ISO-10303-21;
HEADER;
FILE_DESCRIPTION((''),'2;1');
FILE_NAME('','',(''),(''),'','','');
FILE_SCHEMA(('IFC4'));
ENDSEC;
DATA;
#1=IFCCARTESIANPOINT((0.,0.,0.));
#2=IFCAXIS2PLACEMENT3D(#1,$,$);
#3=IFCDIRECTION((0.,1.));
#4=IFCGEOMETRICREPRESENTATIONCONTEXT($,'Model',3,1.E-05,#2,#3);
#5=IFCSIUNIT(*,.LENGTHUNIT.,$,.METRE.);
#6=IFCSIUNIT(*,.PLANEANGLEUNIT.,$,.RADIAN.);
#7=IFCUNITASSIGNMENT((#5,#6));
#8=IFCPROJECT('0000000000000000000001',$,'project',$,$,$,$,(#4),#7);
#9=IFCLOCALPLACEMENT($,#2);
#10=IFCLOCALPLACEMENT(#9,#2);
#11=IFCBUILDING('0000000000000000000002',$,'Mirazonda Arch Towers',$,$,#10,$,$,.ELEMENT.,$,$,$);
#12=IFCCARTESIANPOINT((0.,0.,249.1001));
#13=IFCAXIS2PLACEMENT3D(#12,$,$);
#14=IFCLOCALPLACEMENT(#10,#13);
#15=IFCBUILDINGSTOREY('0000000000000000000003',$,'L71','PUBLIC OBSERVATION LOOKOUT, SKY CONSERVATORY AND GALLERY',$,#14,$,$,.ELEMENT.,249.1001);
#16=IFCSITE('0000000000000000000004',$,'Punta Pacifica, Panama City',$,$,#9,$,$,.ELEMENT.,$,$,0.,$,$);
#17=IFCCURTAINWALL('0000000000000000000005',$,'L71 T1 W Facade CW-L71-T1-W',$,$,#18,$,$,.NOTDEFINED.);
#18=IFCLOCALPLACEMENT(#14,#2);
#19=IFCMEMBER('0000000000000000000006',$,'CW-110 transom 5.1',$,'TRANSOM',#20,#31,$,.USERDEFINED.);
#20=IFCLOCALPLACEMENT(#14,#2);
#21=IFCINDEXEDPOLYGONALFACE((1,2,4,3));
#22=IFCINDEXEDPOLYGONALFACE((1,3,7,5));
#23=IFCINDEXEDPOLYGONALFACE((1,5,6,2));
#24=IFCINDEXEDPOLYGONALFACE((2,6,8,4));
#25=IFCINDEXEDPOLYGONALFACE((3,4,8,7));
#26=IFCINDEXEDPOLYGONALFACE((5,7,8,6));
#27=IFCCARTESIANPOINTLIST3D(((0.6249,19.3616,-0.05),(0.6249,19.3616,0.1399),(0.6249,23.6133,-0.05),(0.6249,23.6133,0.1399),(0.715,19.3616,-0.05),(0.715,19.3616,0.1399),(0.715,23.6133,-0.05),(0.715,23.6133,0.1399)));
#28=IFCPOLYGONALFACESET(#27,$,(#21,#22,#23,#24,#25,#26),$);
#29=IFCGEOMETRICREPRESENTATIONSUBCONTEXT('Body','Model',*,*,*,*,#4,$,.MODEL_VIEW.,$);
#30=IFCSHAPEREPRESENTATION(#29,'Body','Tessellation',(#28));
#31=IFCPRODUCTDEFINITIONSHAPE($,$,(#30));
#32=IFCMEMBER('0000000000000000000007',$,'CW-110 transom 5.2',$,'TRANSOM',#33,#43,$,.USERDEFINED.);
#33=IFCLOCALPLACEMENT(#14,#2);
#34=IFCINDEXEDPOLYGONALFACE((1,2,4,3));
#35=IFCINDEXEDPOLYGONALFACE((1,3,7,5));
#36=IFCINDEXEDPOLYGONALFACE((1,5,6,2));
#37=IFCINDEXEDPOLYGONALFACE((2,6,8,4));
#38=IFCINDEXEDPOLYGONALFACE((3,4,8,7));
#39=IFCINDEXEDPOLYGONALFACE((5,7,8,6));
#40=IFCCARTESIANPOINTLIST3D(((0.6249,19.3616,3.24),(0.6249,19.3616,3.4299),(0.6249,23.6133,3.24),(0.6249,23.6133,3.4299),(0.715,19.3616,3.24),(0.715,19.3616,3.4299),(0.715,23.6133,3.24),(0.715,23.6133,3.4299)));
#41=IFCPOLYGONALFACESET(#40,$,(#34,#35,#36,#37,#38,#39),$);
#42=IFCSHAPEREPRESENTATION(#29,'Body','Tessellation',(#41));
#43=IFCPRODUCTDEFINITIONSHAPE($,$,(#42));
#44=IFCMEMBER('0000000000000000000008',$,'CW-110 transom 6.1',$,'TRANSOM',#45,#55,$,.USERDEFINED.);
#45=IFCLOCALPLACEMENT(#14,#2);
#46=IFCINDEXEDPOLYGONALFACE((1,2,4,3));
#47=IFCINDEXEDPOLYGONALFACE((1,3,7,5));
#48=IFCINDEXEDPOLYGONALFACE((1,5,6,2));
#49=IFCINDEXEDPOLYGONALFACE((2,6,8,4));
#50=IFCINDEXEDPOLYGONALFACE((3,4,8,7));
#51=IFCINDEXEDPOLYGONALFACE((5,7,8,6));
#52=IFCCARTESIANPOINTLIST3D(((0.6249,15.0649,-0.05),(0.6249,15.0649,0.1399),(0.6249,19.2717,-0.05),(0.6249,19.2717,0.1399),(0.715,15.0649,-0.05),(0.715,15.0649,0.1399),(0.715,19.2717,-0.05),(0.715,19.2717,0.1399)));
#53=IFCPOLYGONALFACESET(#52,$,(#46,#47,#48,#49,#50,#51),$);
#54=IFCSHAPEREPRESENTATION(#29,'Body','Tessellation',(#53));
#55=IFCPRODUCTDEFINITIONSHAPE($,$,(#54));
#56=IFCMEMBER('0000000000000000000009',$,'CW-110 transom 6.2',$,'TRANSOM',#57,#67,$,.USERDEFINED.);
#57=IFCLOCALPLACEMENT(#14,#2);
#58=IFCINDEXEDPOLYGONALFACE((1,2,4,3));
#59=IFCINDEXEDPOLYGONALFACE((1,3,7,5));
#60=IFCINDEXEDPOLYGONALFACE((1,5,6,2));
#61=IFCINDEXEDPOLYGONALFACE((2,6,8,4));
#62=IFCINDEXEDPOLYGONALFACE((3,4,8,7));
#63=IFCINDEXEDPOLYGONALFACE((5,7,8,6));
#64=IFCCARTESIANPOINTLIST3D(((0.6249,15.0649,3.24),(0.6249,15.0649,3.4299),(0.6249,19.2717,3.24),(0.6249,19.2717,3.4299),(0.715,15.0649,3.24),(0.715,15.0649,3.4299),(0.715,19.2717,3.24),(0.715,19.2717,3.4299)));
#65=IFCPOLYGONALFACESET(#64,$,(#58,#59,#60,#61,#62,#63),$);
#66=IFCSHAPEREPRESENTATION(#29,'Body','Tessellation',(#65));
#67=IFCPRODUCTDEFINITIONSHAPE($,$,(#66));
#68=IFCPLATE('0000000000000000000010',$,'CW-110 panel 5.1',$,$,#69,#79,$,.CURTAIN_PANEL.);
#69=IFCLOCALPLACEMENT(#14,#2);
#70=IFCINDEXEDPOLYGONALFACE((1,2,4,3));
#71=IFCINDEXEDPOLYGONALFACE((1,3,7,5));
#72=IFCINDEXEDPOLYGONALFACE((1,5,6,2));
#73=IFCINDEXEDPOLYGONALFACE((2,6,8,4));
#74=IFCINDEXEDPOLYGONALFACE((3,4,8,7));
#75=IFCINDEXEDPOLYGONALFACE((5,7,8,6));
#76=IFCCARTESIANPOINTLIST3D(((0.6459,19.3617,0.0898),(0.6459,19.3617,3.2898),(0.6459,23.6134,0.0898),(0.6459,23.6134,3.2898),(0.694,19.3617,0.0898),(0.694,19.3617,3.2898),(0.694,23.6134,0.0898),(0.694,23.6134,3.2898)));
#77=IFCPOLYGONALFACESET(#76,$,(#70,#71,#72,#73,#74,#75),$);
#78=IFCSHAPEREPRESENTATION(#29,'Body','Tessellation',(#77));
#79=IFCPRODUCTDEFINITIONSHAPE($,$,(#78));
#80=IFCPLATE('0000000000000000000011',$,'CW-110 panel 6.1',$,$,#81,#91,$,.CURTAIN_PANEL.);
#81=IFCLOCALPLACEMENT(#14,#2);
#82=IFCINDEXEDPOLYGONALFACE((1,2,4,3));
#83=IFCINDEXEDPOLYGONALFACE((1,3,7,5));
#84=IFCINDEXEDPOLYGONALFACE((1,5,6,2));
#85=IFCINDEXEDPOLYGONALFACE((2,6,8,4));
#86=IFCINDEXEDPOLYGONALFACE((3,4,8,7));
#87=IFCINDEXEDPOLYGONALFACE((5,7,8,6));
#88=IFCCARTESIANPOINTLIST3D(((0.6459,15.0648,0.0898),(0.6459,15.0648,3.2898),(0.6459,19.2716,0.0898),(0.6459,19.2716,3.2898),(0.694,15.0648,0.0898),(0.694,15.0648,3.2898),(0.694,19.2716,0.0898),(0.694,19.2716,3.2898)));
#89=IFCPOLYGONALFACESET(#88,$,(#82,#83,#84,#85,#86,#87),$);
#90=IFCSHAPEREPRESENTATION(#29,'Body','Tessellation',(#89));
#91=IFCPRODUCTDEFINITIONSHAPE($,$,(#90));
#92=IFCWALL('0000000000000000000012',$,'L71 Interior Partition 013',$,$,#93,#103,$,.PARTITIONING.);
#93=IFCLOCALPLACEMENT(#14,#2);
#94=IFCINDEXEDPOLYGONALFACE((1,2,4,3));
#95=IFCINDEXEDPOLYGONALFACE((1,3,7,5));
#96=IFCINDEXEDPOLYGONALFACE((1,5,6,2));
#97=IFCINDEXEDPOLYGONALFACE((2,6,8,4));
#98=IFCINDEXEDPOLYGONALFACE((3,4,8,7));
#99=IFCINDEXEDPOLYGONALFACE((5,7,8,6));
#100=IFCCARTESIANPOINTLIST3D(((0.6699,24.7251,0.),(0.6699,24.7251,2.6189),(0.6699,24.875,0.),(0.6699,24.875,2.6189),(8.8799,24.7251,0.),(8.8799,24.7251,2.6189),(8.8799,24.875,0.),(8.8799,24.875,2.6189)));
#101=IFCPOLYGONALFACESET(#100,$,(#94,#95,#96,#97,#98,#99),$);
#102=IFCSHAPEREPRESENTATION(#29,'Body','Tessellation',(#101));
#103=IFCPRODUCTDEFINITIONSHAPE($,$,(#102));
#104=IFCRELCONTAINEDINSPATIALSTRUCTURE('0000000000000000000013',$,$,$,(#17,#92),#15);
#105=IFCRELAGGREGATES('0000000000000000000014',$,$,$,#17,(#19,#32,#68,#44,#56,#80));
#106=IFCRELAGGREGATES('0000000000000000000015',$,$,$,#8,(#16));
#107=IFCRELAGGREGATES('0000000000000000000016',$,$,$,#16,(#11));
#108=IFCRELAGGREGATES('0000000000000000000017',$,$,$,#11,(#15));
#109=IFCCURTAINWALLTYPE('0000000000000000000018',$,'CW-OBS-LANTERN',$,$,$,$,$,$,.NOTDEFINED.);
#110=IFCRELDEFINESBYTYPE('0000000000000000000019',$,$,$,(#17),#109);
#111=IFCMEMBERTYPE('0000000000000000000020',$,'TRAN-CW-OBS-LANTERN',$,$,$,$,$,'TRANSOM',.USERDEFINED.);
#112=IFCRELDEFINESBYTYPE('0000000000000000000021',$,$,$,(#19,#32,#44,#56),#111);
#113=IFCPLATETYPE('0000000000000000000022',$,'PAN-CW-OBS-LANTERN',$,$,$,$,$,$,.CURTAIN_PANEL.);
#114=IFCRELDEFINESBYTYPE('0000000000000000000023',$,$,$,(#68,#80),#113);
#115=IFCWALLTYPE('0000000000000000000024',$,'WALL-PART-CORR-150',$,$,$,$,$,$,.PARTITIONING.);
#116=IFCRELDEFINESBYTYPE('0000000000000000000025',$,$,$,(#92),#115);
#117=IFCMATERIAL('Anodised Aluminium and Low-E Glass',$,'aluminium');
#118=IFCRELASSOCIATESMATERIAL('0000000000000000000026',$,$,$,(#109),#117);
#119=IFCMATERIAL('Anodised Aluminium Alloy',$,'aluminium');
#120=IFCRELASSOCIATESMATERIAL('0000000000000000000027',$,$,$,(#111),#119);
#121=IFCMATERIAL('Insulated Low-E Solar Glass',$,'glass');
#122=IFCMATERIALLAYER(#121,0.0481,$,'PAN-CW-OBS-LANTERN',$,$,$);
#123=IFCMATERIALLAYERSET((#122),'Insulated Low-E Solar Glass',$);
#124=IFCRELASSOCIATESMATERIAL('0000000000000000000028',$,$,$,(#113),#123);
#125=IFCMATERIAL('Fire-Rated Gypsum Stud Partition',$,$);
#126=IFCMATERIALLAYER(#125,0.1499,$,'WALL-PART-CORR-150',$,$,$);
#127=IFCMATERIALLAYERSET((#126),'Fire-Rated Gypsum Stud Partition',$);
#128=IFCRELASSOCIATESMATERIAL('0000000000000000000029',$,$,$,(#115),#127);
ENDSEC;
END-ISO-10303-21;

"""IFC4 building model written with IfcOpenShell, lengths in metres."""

from ifc_helpers import new_model, si_unit, direction, frame, frame_2d, origin, origin_2d, place, context, subcontext, project, spatial, rectangle, extrude, material, layer, layer_set, material_profile, profile_set, type_object, element, aggregate, save


model = new_model("IFC4")

# Units and contexts
model_context = context("Model", 3, precision=1e-05, world=origin(), true_north=direction((0.0, 1.0)))
body_context = subcontext(model_context, "Body", "Model", "MODEL_VIEW")
ifc_project = project(units=[si_unit("LENGTHUNIT", "METRE"), si_unit("PLANEANGLEUNIT", "RADIAN")], contexts=[model_context])

# Site, building, storey
site_placement = place(None, origin())
site = spatial("IfcSite", under=ifc_project, at=site_placement, Name="Punta Pacifica, Panama City", CompositionType="ELEMENT", RefElevation=0.0)
building_placement = place(site_placement, origin())
building = spatial("IfcBuilding", under=site, at=building_placement, Name="Mirazonda Arch Towers", CompositionType="ELEMENT")
storey_placement = place(building_placement, frame((0.0, 0.0, 249.1001)))
storey = spatial("IfcBuildingStorey", under=building, at=storey_placement, Name="L71", Description="PUBLIC OBSERVATION LOOKOUT, SKY CONSERVATORY AND GALLERY", CompositionType="ELEMENT", Elevation=249.1001)

# Curtain wall, members, plates
ifc_material_1 = material(Name="Anodised Aluminium and Low-E Glass", Category="aluminium")
curtain_wall_type = type_object("IfcCurtainWallType", Name="CW-OBS-LANTERN", PredefinedType="NOTDEFINED", material=ifc_material_1)
curtain_wall_placement = place(storey_placement, origin())
curtain_wall = element("IfcCurtainWall", 1, at=curtain_wall_placement, inside=storey, type_object=curtain_wall_type, Name="L71 T1 W Facade CW-L71-T1-W", PredefinedType="NOTDEFINED")
ifc_material_2 = material(Name="Anodised Aluminium Alloy", Category="aluminium")
ifc_material_profile_1 = material_profile(ifc_material_2, rectangle(XDim=0.0901, YDim=0.1899, at=origin_2d()), Name="ALU-TRAN-90x190")
ifc_profile_set_1 = profile_set([ifc_material_profile_1], Name="Anodised Aluminium Alloy")
member_type_1 = type_object("IfcMemberType", Name="TRAN-CW-OBS-LANTERN", ElementType="TRANSOM", PredefinedType="USERDEFINED", material=ifc_profile_set_1)
member_1_placement = place(storey_placement, frame((0.6699, 23.6133, 0.0449), z_axis=(0.0, -1.0, 0.0), x_axis=(1.0, 0.0, 0.0)))
member_1 = element("IfcMember", 2, at=member_1_placement, type_object=member_type_1, Name="CW-110 transom 5.1", ObjectType="TRANSOM", PredefinedType="USERDEFINED", context=body_context, shape_type="SweptSolid", body=[
    extrude(rectangle(XDim=0.0901, YDim=0.1899, at=origin_2d()), origin(), (0.0, 0.0, 1.0), 4.2517),
])
member_2_placement = place(storey_placement, frame((0.6699, 23.6133, 3.335), z_axis=(0.0, -1.0, 0.0), x_axis=(1.0, 0.0, 0.0)))
member_2 = element("IfcMember", 3, at=member_2_placement, type_object=member_type_1, Name="CW-110 transom 5.2", ObjectType="TRANSOM", PredefinedType="USERDEFINED", context=body_context, shape_type="SweptSolid", body=[
    extrude(rectangle(XDim=0.0901, YDim=0.1899, at=origin_2d()), origin(), (0.0, 0.0, 1.0), 4.2517),
])
member_3_placement = place(storey_placement, frame((0.6699, 19.2717, 0.0449), z_axis=(0.0, -1.0, 0.0), x_axis=(1.0, 0.0, 0.0)))
member_3 = element("IfcMember", 4, at=member_3_placement, type_object=member_type_1, Name="CW-110 transom 6.1", ObjectType="TRANSOM", PredefinedType="USERDEFINED", context=body_context, shape_type="SweptSolid", body=[
    extrude(rectangle(XDim=0.0901, YDim=0.1899, at=origin_2d()), origin(), (0.0, 0.0, 1.0), 4.2068),
])
member_4_placement = place(storey_placement, frame((0.6699, 19.2717, 3.335), z_axis=(0.0, -1.0, 0.0), x_axis=(1.0, 0.0, 0.0)))
member_4 = element("IfcMember", 5, at=member_4_placement, type_object=member_type_1, Name="CW-110 transom 6.2", ObjectType="TRANSOM", PredefinedType="USERDEFINED", context=body_context, shape_type="SweptSolid", body=[
    extrude(rectangle(XDim=0.0901, YDim=0.1899, at=origin_2d()), origin(), (0.0, 0.0, 1.0), 4.2068),
])
ifc_material_3 = material(Name="Insulated Low-E Solar Glass", Category="glass")
ifc_layer_1 = layer(ifc_material_3, 0.0481, Name="PAN-CW-OBS-LANTERN")
ifc_layer_set_1 = layer_set([ifc_layer_1], Name="Insulated Low-E Solar Glass")
plate_type = type_object("IfcPlateType", Name="PAN-CW-OBS-LANTERN", PredefinedType="CURTAIN_PANEL", material=ifc_layer_set_1)
plate_1_placement = place(storey_placement, frame((0.6699, 21.4875, 0.0898), z_axis=(0.0, 0.0, 1.0), x_axis=(0.0, -1.0, 0.0)))
plate_1 = element("IfcPlate", 6, at=plate_1_placement, type_object=plate_type, Name="CW-110 panel 5.1", PredefinedType="CURTAIN_PANEL", context=body_context, shape_type="SweptSolid", body=[
    extrude(rectangle(XDim=4.2517, YDim=0.0481, at=origin_2d()), origin(), (0.0, 0.0, 1.0), 3.2),
])
plate_2_placement = place(storey_placement, frame((0.6699, 17.1682, 0.0898), z_axis=(0.0, 0.0, 1.0), x_axis=(0.0, -1.0, 0.0)))
plate_2 = element("IfcPlate", 7, at=plate_2_placement, type_object=plate_type, Name="CW-110 panel 6.1", PredefinedType="CURTAIN_PANEL", context=body_context, shape_type="SweptSolid", body=[
    extrude(rectangle(XDim=4.2068, YDim=0.0481, at=origin_2d()), origin(), (0.0, 0.0, 1.0), 3.2),
])
aggregate(curtain_wall, [member_1, member_2, plate_1, member_3, member_4, plate_2])

# Wall
ifc_material_4 = material(Name="Fire-Rated Gypsum Stud Partition")
ifc_layer_2 = layer(ifc_material_4, 0.1499, Name="WALL-PART-CORR-150")
ifc_layer_set_2 = layer_set([ifc_layer_2], Name="Fire-Rated Gypsum Stud Partition")
wall_type = type_object("IfcWallType", Name="WALL-PART-CORR-150", PredefinedType="PARTITIONING", material=ifc_layer_set_2)
wall_placement = place(storey_placement, frame((0.6699, 24.8, 0.0), z_axis=(0.0, 0.0, 1.0), x_axis=(1.0, 0.0, 0.0)))
element("IfcWall", 8, at=wall_placement, inside=storey, type_object=wall_type, Name="L71 Interior Partition 013", PredefinedType="PARTITIONING", context=body_context, shape_type="SweptSolid", body=[
    extrude(rectangle(XDim=8.21, YDim=0.1499, at=frame_2d((4.105, 0.0))), origin(), (0.0, 0.0, 1.0), 2.6189),
])

save(model, "model.ifc")
